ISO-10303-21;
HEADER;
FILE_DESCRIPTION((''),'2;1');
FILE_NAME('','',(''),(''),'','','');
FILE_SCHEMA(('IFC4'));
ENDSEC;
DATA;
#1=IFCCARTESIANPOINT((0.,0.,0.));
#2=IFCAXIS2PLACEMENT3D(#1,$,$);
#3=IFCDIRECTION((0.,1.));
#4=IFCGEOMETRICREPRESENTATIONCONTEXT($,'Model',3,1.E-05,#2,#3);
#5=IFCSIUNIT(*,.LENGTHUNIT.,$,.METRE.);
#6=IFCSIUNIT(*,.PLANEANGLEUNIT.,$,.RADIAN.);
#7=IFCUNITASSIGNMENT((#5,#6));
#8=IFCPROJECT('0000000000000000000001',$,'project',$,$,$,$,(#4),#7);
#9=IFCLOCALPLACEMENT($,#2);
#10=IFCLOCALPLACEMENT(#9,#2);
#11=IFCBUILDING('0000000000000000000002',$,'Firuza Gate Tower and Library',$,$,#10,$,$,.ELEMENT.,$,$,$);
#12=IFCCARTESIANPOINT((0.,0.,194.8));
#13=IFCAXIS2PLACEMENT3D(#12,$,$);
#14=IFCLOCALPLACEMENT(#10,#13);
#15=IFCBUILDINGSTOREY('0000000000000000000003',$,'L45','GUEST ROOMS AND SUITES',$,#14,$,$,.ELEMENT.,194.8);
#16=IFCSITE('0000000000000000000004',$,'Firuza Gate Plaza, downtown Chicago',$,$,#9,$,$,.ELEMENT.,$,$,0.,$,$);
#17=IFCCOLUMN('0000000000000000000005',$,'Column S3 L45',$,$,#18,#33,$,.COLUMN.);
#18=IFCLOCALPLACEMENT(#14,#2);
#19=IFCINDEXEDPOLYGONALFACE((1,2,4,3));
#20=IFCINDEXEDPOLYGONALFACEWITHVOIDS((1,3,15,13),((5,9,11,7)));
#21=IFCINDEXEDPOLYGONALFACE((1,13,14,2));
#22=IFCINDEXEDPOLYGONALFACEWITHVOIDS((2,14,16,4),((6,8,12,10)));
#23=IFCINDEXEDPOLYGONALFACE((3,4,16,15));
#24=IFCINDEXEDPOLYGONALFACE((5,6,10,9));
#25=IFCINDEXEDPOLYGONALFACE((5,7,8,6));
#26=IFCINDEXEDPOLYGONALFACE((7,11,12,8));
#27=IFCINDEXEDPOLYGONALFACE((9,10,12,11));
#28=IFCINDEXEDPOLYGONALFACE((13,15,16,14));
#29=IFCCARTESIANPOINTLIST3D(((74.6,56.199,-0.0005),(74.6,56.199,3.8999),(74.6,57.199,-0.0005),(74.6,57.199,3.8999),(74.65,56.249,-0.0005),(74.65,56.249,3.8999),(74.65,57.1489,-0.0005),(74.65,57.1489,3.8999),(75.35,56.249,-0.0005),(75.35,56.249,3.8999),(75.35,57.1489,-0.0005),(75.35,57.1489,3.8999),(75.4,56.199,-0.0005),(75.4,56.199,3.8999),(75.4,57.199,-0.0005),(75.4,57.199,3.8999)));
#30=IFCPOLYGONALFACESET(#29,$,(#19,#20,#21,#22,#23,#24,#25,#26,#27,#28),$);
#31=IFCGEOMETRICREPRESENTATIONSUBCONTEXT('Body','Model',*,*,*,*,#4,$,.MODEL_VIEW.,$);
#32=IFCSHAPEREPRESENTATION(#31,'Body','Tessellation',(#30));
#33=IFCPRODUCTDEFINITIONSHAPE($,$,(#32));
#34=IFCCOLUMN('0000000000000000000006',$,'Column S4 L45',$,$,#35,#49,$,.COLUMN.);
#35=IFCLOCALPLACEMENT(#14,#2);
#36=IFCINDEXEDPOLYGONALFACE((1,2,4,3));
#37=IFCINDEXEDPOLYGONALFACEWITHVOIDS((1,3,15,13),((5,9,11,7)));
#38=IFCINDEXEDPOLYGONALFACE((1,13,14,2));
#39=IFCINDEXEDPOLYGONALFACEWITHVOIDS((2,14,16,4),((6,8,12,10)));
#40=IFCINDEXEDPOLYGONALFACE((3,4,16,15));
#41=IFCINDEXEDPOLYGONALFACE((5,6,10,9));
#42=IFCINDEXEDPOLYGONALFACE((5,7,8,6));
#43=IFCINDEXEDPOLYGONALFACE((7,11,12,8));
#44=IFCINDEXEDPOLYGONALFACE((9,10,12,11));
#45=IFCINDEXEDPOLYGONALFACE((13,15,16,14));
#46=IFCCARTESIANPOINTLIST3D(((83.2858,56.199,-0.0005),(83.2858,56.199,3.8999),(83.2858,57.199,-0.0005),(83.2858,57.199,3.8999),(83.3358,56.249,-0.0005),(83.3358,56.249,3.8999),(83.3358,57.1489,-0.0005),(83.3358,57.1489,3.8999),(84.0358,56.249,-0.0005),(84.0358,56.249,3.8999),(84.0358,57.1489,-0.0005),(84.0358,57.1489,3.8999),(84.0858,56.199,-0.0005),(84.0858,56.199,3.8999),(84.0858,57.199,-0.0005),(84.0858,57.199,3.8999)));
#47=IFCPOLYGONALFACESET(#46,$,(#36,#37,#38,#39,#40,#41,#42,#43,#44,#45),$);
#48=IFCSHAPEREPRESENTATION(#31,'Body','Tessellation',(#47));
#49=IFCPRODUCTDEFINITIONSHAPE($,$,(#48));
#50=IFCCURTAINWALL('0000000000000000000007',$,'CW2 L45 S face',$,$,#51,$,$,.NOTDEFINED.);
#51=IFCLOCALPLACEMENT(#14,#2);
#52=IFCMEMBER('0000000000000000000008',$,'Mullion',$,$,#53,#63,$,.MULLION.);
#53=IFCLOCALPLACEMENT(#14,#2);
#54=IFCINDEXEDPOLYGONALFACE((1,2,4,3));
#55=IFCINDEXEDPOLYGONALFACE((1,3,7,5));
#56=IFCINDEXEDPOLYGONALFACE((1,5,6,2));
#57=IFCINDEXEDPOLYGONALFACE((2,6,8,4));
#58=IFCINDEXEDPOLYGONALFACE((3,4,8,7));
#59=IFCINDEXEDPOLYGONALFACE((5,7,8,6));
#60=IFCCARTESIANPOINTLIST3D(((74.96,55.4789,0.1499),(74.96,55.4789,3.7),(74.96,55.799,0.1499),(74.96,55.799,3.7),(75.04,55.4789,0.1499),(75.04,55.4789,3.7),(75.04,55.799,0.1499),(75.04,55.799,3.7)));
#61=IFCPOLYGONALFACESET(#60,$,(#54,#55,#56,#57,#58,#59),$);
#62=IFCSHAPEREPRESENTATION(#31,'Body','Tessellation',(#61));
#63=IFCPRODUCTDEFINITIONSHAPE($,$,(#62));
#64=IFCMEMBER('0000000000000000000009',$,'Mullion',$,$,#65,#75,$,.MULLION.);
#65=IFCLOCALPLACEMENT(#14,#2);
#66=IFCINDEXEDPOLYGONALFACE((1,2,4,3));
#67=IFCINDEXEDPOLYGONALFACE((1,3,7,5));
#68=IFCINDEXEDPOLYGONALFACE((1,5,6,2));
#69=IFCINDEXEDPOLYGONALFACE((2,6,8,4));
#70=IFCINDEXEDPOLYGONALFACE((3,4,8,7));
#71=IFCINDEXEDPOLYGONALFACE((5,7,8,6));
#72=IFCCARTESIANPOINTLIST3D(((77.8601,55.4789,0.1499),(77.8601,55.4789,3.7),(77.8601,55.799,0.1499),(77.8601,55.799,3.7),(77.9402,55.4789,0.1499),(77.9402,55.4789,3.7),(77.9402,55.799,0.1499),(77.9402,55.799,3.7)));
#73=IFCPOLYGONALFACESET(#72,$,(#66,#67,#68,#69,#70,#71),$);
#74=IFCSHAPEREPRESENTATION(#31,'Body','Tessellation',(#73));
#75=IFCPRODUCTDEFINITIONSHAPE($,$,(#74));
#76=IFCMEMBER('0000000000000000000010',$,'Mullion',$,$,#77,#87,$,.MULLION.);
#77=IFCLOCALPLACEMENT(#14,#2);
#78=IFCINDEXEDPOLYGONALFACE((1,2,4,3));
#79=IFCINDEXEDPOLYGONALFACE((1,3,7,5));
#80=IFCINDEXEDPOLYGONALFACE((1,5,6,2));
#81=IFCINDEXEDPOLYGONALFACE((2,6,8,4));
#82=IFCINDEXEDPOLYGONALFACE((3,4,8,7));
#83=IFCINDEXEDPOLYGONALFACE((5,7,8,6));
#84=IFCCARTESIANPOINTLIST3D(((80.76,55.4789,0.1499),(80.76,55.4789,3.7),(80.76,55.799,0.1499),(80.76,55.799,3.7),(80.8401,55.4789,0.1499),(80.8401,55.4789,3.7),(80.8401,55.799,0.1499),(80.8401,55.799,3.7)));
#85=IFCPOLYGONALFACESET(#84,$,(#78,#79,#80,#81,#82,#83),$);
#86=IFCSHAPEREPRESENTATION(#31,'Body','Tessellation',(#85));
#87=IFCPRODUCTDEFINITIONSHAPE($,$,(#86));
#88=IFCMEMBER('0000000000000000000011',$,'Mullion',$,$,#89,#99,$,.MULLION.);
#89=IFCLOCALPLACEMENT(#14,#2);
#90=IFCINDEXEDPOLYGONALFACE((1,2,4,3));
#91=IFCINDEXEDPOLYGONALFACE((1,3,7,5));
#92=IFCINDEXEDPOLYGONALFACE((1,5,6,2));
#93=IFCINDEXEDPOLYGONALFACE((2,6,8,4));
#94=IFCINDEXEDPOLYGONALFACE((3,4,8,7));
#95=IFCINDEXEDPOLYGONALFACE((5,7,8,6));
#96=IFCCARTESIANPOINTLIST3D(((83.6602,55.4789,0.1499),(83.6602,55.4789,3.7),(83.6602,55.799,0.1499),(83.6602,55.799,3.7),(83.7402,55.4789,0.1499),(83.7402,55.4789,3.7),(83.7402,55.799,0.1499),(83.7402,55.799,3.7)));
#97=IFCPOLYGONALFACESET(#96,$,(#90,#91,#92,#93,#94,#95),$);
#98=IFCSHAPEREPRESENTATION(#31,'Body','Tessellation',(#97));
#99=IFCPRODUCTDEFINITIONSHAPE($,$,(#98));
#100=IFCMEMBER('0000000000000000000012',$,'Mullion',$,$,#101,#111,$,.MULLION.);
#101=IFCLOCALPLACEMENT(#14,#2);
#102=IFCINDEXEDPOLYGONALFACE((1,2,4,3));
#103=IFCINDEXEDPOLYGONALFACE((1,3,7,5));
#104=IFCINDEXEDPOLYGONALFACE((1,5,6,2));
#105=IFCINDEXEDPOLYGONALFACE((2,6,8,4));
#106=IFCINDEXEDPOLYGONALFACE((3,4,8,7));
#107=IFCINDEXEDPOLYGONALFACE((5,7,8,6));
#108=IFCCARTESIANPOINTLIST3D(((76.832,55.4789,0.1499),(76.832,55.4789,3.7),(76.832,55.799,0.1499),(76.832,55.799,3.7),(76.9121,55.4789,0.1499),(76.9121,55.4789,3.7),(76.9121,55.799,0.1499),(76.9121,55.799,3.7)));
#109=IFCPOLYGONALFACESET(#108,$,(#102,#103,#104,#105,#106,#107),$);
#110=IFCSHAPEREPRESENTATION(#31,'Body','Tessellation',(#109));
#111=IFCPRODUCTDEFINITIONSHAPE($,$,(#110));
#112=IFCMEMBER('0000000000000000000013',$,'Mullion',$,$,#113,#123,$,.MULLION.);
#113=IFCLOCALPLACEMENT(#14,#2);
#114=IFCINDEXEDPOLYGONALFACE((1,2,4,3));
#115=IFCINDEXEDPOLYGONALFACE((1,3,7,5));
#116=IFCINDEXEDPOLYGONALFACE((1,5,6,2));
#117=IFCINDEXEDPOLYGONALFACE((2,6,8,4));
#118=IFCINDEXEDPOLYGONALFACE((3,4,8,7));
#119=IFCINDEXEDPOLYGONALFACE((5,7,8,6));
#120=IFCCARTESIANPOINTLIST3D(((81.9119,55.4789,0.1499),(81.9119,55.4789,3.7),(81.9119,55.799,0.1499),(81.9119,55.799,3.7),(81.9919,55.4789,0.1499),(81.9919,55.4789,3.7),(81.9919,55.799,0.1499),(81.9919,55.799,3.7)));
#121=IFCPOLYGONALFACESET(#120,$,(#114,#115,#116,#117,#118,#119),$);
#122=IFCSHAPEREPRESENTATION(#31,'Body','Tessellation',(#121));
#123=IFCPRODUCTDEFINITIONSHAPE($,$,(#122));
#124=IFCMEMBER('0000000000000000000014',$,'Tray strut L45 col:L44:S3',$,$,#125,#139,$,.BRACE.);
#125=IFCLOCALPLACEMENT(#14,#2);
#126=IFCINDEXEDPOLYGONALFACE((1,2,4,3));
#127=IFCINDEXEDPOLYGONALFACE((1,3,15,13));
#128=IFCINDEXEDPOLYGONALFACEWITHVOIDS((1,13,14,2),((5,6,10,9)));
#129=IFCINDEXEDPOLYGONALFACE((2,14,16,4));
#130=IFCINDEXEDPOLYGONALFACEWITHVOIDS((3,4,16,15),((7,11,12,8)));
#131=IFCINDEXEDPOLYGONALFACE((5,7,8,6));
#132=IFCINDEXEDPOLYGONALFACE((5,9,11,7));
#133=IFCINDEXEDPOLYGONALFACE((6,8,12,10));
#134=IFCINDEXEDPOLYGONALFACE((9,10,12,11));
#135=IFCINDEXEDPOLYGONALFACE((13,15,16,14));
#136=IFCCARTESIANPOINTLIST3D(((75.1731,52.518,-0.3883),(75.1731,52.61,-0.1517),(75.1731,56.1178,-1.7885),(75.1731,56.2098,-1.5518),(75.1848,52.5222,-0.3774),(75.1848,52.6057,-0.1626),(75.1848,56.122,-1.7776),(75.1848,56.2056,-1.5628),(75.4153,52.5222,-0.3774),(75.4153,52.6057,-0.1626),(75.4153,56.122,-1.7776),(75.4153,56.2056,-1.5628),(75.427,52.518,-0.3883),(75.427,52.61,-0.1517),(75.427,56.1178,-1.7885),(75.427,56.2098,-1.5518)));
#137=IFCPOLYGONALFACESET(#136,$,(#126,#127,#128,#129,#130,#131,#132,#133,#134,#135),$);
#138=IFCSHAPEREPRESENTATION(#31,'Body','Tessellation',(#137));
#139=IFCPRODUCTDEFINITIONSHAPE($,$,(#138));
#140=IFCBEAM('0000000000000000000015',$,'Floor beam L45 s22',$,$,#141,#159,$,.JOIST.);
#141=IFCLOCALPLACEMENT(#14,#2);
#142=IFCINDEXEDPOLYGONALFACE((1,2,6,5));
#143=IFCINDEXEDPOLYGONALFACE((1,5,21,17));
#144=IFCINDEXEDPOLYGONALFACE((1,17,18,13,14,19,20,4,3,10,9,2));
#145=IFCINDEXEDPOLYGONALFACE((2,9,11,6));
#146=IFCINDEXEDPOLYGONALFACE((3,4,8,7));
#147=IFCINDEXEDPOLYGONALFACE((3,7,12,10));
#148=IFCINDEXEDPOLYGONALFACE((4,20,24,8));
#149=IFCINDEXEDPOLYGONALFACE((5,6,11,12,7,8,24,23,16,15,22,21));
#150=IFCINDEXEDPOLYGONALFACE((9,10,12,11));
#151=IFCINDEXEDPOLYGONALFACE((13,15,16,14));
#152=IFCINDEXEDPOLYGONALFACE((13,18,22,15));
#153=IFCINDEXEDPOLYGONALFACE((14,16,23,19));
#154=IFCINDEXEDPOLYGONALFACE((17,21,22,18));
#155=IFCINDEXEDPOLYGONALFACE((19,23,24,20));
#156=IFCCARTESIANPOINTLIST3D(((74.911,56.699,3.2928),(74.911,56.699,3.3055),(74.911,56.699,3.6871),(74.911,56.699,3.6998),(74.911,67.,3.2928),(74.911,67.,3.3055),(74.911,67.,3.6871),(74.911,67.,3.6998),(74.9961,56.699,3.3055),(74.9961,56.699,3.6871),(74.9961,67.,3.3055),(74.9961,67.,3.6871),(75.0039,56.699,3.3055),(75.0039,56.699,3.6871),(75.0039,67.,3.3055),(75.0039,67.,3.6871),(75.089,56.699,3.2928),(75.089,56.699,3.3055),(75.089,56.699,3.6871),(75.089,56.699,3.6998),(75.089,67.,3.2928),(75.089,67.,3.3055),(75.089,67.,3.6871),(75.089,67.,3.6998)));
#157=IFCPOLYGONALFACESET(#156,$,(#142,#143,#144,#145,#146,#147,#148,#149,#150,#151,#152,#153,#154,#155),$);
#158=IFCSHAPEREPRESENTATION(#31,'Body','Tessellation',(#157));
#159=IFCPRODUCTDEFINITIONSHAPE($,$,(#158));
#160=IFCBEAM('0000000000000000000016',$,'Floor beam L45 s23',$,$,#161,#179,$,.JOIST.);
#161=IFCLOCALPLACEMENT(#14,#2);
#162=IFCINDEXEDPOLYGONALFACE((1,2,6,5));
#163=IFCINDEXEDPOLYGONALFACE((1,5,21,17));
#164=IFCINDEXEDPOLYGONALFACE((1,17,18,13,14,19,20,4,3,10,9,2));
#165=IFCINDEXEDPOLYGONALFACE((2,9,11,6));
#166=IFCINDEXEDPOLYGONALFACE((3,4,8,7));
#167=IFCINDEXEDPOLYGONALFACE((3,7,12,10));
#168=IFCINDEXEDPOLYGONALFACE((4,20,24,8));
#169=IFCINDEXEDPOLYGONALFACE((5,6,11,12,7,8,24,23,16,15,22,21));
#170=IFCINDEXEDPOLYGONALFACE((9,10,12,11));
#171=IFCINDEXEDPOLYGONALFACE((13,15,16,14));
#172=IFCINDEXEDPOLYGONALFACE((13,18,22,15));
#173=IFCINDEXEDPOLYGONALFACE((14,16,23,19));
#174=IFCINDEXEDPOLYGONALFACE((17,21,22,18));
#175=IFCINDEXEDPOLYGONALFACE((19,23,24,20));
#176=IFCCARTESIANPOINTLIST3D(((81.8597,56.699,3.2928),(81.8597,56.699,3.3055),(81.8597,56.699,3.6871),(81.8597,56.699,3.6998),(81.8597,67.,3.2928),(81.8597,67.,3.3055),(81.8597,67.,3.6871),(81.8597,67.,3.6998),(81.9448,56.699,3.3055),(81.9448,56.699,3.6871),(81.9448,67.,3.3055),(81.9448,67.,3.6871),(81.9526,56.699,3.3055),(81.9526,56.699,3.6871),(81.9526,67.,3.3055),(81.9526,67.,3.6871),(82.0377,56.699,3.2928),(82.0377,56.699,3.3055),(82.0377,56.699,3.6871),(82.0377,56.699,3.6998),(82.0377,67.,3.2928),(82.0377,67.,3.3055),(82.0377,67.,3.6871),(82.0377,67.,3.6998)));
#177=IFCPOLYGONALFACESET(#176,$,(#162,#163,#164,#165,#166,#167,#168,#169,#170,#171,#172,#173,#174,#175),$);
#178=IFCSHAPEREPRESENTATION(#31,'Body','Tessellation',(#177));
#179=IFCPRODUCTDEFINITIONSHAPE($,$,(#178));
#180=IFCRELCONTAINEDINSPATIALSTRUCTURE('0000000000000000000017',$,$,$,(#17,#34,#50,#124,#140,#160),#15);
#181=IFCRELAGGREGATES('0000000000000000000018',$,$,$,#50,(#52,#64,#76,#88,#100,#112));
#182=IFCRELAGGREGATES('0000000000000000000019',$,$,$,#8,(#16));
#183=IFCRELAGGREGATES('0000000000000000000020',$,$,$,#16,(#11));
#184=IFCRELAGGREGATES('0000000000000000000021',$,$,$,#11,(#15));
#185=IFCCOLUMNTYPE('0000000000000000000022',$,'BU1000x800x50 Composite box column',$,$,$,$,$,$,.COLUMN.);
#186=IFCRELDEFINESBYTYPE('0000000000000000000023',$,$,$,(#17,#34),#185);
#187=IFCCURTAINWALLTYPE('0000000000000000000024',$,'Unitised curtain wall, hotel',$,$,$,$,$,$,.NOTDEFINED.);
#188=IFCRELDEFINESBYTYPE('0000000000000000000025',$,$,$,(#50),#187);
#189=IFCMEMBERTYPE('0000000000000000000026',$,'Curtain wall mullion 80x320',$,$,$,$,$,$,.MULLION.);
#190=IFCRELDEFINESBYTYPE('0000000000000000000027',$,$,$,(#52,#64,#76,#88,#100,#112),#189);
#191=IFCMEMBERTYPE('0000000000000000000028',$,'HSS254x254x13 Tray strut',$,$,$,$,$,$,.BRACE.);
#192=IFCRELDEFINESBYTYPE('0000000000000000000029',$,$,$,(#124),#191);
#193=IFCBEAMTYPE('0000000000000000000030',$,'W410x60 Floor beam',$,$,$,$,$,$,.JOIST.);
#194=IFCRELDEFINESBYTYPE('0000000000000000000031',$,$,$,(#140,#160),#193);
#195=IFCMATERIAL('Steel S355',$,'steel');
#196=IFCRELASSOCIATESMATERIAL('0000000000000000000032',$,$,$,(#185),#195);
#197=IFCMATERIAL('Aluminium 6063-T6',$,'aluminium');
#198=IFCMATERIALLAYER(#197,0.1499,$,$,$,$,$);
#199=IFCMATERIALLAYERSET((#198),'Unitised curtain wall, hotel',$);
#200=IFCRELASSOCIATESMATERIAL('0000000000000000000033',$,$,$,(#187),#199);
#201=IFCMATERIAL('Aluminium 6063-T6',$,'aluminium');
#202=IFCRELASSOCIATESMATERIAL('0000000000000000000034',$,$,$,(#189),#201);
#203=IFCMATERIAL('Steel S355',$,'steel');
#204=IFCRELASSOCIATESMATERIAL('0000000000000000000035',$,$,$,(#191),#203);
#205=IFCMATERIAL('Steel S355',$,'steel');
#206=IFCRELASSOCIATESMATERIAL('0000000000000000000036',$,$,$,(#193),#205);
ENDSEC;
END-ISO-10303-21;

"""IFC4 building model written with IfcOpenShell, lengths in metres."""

from ifc_helpers import new_model, si_unit, direction, frame, origin, origin_2d, place, context, subcontext, project, spatial, rectangle, hollow_rectangle, i_section, extrude, material, layer, layer_set, material_profile, profile_set, type_object, element, aggregate, save


model = new_model("IFC4")

# Units and contexts
model_context = context("Model", 3, precision=1e-05, world=origin(), true_north=direction((0.0, 1.0)))
body_context = subcontext(model_context, "Body", "Model", "MODEL_VIEW")
ifc_project = project(units=[si_unit("LENGTHUNIT", "METRE"), si_unit("PLANEANGLEUNIT", "RADIAN")], contexts=[model_context])

# Site, building, storey
site_placement = place(None, origin())
site = spatial("IfcSite", under=ifc_project, at=site_placement, Name="Firuza Gate Plaza, downtown Chicago", CompositionType="ELEMENT", RefElevation=0.0)
building_placement = place(site_placement, origin())
building = spatial("IfcBuilding", under=site, at=building_placement, Name="Firuza Gate Tower and Library", CompositionType="ELEMENT")
storey_placement = place(building_placement, frame((0.0, 0.0, 194.8)))
storey = spatial("IfcBuildingStorey", under=building, at=storey_placement, Name="L45", Description="GUEST ROOMS AND SUITES", CompositionType="ELEMENT", Elevation=194.8)

# Columns
ifc_material_1 = material(Name="Steel S355", Category="steel")
ifc_material_profile_1 = material_profile(ifc_material_1, hollow_rectangle(XDim=0.8, YDim=1.0, WallThickness=0.05, at=origin_2d()))
ifc_profile_set_1 = profile_set([ifc_material_profile_1], Name="Steel S355")
column_type = type_object("IfcColumnType", Name="BU1000x800x50 Composite box column", PredefinedType="COLUMN", material=ifc_profile_set_1)
for number, where, z_axis, x_axis, name in (
    (1, (75.0, 56.699, -0.0005), (0.0, 0.0, 1.0), (1.0, 0.0, 0.0), "Column S3 L45"),
    (2, (83.6858, 56.699, -0.0005), (0.0, 0.0, 1.0), (1.0, 0.0, 0.0), "Column S4 L45"),
):
    element("IfcColumn", number, at=place(storey_placement, frame(where, z_axis=z_axis, x_axis=x_axis)), inside=storey, type_object=column_type, Name=name, PredefinedType="COLUMN", context=body_context, shape_type="SweptSolid", body=[
        extrude(hollow_rectangle(XDim=0.8, YDim=1.0, WallThickness=0.05, at=origin_2d()), origin(), (0.0, 0.0, 1.0), 3.9004),
    ])

# Curtain wall, members
ifc_material_2 = material(Name="Aluminium 6063-T6", Category="aluminium")
ifc_layer_1 = layer(ifc_material_2, 0.1499)
ifc_layer_set_1 = layer_set([ifc_layer_1], Name="Unitised curtain wall, hotel")
curtain_wall_type = type_object("IfcCurtainWallType", Name="Unitised curtain wall, hotel", PredefinedType="NOTDEFINED", material=ifc_layer_set_1)
curtain_wall_placement = place(storey_placement, origin())
curtain_wall = element("IfcCurtainWall", 3, at=curtain_wall_placement, inside=storey, type_object=curtain_wall_type, Name="CW2 L45 S face", PredefinedType="NOTDEFINED")
ifc_material_3 = material(Name="Aluminium 6063-T6", Category="aluminium")
ifc_material_profile_2 = material_profile(ifc_material_3, rectangle(XDim=0.3201, YDim=0.0801, at=origin_2d()))
ifc_profile_set_2 = profile_set([ifc_material_profile_2], Name="Aluminium 6063-T6")
member_type_1 = type_object("IfcMemberType", Name="Curtain wall mullion 80x320", PredefinedType="MULLION", material=ifc_profile_set_2)
member_1_placement = place(storey_placement, frame((75.0, 55.6389, 0.1499), z_axis=(0.0, 0.0, 1.0), x_axis=(0.0, 1.0, 0.0)))
member_1 = element("IfcMember", 4, at=member_1_placement, type_object=member_type_1, Name="Mullion", PredefinedType="MULLION", context=body_context, shape_type="SweptSolid", body=[
    extrude(rectangle(XDim=0.3201, YDim=0.0801, at=origin_2d()), origin(), (0.0, 0.0, 1.0), 3.55),
])
member_2_placement = place(storey_placement, frame((77.9001, 55.6389, 0.1499), z_axis=(0.0, 0.0, 1.0), x_axis=(0.0, 1.0, 0.0)))
member_2 = element("IfcMember", 5, at=member_2_placement, type_object=member_type_1, Name="Mullion", PredefinedType="MULLION", context=body_context, shape_type="SweptSolid", body=[
    extrude(rectangle(XDim=0.3201, YDim=0.0801, at=origin_2d()), origin(), (0.0, 0.0, 1.0), 3.55),
])
member_3_placement = place(storey_placement, frame((80.8, 55.6389, 0.1499), z_axis=(0.0, 0.0, 1.0), x_axis=(0.0, 1.0, 0.0)))
member_3 = element("IfcMember", 6, at=member_3_placement, type_object=member_type_1, Name="Mullion", PredefinedType="MULLION", context=body_context, shape_type="SweptSolid", body=[
    extrude(rectangle(XDim=0.3201, YDim=0.0801, at=origin_2d()), origin(), (0.0, 0.0, 1.0), 3.55),
])
member_4_placement = place(storey_placement, frame((83.7002, 55.6389, 0.1499), z_axis=(0.0, 0.0, 1.0), x_axis=(0.0, 1.0, 0.0)))
member_4 = element("IfcMember", 7, at=member_4_placement, type_object=member_type_1, Name="Mullion", PredefinedType="MULLION", context=body_context, shape_type="SweptSolid", body=[
    extrude(rectangle(XDim=0.3201, YDim=0.0801, at=origin_2d()), origin(), (0.0, 0.0, 1.0), 3.55),
])
member_5_placement = place(storey_placement, frame((76.8721, 55.6389, 0.1499), z_axis=(0.0, 0.0, 1.0), x_axis=(0.0, 1.0, 0.0)))
member_5 = element("IfcMember", 8, at=member_5_placement, type_object=member_type_1, Name="Mullion", PredefinedType="MULLION", context=body_context, shape_type="SweptSolid", body=[
    extrude(rectangle(XDim=0.3201, YDim=0.0801, at=origin_2d()), origin(), (0.0, 0.0, 1.0), 3.55),
])
member_6_placement = place(storey_placement, frame((81.9519, 55.6389, 0.1499), z_axis=(0.0, 0.0, 1.0), x_axis=(0.0, 1.0, 0.0)))
member_6 = element("IfcMember", 9, at=member_6_placement, type_object=member_type_1, Name="Mullion", PredefinedType="MULLION", context=body_context, shape_type="SweptSolid", body=[
    extrude(rectangle(XDim=0.3201, YDim=0.0801, at=origin_2d()), origin(), (0.0, 0.0, 1.0), 3.55),
])

# Member
ifc_material_4 = material(Name="Steel S355", Category="steel")
ifc_material_profile_3 = material_profile(ifc_material_4, hollow_rectangle(XDim=0.2539, YDim=0.2539, WallThickness=0.0117, at=origin_2d()))
ifc_profile_set_3 = profile_set([ifc_material_profile_3], Name="Steel S355")
member_type_2 = type_object("IfcMemberType", Name="HSS254x254x13 Tray strut", PredefinedType="BRACE", material=ifc_profile_set_3)
member_7_placement = place(storey_placement, frame((75.3, 56.1638, -1.6702), z_axis=(0.0, -0.931987, 0.362492), x_axis=(1.0, 0.0, 0.0)))
element("IfcMember", 10, at=member_7_placement, inside=storey, type_object=member_type_2, Name="Tray strut L45 col:L44:S3", PredefinedType="BRACE", context=body_context, shape_type="SweptSolid", body=[
    extrude(hollow_rectangle(XDim=0.2539, YDim=0.2539, WallThickness=0.0117, at=origin_2d()), origin(), (0.0, 0.0, 1.0), 3.8625),
])

# Beams
ifc_material_5 = material(Name="Steel S355", Category="steel")
ifc_material_profile_4 = material_profile(ifc_material_5, i_section(OverallWidth=0.178, OverallDepth=0.407, WebThickness=0.0078, FlangeThickness=0.0127, at=origin_2d()))
ifc_profile_set_4 = profile_set([ifc_material_profile_4], Name="Steel S355")
beam_type_1 = type_object("IfcBeamType", Name="W410x60 Floor beam", PredefinedType="JOIST", material=ifc_profile_set_4)
for number, where, z_axis, x_axis, name in (
    (11, (75.0, 56.699, 3.4963), (0.0, 1.0, 0.0), (-1.0, 0.0, 0.0), "Floor beam L45 s22"),
    (12, (81.9487, 56.699, 3.4963), (0.0, 1.0, 0.0), (-1.0, 0.0, 0.0), "Floor beam L45 s23"),
):
    element("IfcBeam", number, at=place(storey_placement, frame(where, z_axis=z_axis, x_axis=x_axis)), inside=storey, type_object=beam_type_1, Name=name, PredefinedType="JOIST", context=body_context, shape_type="SweptSolid", body=[
        extrude(i_section(OverallWidth=0.178, OverallDepth=0.407, WebThickness=0.0078, FlangeThickness=0.0127, at=origin_2d()), origin(), (0.0, 0.0, 1.0), 10.301),
    ])

aggregate(curtain_wall, [member_1, member_2, member_3, member_4, member_5, member_6])

save(model, "model.ifc")
